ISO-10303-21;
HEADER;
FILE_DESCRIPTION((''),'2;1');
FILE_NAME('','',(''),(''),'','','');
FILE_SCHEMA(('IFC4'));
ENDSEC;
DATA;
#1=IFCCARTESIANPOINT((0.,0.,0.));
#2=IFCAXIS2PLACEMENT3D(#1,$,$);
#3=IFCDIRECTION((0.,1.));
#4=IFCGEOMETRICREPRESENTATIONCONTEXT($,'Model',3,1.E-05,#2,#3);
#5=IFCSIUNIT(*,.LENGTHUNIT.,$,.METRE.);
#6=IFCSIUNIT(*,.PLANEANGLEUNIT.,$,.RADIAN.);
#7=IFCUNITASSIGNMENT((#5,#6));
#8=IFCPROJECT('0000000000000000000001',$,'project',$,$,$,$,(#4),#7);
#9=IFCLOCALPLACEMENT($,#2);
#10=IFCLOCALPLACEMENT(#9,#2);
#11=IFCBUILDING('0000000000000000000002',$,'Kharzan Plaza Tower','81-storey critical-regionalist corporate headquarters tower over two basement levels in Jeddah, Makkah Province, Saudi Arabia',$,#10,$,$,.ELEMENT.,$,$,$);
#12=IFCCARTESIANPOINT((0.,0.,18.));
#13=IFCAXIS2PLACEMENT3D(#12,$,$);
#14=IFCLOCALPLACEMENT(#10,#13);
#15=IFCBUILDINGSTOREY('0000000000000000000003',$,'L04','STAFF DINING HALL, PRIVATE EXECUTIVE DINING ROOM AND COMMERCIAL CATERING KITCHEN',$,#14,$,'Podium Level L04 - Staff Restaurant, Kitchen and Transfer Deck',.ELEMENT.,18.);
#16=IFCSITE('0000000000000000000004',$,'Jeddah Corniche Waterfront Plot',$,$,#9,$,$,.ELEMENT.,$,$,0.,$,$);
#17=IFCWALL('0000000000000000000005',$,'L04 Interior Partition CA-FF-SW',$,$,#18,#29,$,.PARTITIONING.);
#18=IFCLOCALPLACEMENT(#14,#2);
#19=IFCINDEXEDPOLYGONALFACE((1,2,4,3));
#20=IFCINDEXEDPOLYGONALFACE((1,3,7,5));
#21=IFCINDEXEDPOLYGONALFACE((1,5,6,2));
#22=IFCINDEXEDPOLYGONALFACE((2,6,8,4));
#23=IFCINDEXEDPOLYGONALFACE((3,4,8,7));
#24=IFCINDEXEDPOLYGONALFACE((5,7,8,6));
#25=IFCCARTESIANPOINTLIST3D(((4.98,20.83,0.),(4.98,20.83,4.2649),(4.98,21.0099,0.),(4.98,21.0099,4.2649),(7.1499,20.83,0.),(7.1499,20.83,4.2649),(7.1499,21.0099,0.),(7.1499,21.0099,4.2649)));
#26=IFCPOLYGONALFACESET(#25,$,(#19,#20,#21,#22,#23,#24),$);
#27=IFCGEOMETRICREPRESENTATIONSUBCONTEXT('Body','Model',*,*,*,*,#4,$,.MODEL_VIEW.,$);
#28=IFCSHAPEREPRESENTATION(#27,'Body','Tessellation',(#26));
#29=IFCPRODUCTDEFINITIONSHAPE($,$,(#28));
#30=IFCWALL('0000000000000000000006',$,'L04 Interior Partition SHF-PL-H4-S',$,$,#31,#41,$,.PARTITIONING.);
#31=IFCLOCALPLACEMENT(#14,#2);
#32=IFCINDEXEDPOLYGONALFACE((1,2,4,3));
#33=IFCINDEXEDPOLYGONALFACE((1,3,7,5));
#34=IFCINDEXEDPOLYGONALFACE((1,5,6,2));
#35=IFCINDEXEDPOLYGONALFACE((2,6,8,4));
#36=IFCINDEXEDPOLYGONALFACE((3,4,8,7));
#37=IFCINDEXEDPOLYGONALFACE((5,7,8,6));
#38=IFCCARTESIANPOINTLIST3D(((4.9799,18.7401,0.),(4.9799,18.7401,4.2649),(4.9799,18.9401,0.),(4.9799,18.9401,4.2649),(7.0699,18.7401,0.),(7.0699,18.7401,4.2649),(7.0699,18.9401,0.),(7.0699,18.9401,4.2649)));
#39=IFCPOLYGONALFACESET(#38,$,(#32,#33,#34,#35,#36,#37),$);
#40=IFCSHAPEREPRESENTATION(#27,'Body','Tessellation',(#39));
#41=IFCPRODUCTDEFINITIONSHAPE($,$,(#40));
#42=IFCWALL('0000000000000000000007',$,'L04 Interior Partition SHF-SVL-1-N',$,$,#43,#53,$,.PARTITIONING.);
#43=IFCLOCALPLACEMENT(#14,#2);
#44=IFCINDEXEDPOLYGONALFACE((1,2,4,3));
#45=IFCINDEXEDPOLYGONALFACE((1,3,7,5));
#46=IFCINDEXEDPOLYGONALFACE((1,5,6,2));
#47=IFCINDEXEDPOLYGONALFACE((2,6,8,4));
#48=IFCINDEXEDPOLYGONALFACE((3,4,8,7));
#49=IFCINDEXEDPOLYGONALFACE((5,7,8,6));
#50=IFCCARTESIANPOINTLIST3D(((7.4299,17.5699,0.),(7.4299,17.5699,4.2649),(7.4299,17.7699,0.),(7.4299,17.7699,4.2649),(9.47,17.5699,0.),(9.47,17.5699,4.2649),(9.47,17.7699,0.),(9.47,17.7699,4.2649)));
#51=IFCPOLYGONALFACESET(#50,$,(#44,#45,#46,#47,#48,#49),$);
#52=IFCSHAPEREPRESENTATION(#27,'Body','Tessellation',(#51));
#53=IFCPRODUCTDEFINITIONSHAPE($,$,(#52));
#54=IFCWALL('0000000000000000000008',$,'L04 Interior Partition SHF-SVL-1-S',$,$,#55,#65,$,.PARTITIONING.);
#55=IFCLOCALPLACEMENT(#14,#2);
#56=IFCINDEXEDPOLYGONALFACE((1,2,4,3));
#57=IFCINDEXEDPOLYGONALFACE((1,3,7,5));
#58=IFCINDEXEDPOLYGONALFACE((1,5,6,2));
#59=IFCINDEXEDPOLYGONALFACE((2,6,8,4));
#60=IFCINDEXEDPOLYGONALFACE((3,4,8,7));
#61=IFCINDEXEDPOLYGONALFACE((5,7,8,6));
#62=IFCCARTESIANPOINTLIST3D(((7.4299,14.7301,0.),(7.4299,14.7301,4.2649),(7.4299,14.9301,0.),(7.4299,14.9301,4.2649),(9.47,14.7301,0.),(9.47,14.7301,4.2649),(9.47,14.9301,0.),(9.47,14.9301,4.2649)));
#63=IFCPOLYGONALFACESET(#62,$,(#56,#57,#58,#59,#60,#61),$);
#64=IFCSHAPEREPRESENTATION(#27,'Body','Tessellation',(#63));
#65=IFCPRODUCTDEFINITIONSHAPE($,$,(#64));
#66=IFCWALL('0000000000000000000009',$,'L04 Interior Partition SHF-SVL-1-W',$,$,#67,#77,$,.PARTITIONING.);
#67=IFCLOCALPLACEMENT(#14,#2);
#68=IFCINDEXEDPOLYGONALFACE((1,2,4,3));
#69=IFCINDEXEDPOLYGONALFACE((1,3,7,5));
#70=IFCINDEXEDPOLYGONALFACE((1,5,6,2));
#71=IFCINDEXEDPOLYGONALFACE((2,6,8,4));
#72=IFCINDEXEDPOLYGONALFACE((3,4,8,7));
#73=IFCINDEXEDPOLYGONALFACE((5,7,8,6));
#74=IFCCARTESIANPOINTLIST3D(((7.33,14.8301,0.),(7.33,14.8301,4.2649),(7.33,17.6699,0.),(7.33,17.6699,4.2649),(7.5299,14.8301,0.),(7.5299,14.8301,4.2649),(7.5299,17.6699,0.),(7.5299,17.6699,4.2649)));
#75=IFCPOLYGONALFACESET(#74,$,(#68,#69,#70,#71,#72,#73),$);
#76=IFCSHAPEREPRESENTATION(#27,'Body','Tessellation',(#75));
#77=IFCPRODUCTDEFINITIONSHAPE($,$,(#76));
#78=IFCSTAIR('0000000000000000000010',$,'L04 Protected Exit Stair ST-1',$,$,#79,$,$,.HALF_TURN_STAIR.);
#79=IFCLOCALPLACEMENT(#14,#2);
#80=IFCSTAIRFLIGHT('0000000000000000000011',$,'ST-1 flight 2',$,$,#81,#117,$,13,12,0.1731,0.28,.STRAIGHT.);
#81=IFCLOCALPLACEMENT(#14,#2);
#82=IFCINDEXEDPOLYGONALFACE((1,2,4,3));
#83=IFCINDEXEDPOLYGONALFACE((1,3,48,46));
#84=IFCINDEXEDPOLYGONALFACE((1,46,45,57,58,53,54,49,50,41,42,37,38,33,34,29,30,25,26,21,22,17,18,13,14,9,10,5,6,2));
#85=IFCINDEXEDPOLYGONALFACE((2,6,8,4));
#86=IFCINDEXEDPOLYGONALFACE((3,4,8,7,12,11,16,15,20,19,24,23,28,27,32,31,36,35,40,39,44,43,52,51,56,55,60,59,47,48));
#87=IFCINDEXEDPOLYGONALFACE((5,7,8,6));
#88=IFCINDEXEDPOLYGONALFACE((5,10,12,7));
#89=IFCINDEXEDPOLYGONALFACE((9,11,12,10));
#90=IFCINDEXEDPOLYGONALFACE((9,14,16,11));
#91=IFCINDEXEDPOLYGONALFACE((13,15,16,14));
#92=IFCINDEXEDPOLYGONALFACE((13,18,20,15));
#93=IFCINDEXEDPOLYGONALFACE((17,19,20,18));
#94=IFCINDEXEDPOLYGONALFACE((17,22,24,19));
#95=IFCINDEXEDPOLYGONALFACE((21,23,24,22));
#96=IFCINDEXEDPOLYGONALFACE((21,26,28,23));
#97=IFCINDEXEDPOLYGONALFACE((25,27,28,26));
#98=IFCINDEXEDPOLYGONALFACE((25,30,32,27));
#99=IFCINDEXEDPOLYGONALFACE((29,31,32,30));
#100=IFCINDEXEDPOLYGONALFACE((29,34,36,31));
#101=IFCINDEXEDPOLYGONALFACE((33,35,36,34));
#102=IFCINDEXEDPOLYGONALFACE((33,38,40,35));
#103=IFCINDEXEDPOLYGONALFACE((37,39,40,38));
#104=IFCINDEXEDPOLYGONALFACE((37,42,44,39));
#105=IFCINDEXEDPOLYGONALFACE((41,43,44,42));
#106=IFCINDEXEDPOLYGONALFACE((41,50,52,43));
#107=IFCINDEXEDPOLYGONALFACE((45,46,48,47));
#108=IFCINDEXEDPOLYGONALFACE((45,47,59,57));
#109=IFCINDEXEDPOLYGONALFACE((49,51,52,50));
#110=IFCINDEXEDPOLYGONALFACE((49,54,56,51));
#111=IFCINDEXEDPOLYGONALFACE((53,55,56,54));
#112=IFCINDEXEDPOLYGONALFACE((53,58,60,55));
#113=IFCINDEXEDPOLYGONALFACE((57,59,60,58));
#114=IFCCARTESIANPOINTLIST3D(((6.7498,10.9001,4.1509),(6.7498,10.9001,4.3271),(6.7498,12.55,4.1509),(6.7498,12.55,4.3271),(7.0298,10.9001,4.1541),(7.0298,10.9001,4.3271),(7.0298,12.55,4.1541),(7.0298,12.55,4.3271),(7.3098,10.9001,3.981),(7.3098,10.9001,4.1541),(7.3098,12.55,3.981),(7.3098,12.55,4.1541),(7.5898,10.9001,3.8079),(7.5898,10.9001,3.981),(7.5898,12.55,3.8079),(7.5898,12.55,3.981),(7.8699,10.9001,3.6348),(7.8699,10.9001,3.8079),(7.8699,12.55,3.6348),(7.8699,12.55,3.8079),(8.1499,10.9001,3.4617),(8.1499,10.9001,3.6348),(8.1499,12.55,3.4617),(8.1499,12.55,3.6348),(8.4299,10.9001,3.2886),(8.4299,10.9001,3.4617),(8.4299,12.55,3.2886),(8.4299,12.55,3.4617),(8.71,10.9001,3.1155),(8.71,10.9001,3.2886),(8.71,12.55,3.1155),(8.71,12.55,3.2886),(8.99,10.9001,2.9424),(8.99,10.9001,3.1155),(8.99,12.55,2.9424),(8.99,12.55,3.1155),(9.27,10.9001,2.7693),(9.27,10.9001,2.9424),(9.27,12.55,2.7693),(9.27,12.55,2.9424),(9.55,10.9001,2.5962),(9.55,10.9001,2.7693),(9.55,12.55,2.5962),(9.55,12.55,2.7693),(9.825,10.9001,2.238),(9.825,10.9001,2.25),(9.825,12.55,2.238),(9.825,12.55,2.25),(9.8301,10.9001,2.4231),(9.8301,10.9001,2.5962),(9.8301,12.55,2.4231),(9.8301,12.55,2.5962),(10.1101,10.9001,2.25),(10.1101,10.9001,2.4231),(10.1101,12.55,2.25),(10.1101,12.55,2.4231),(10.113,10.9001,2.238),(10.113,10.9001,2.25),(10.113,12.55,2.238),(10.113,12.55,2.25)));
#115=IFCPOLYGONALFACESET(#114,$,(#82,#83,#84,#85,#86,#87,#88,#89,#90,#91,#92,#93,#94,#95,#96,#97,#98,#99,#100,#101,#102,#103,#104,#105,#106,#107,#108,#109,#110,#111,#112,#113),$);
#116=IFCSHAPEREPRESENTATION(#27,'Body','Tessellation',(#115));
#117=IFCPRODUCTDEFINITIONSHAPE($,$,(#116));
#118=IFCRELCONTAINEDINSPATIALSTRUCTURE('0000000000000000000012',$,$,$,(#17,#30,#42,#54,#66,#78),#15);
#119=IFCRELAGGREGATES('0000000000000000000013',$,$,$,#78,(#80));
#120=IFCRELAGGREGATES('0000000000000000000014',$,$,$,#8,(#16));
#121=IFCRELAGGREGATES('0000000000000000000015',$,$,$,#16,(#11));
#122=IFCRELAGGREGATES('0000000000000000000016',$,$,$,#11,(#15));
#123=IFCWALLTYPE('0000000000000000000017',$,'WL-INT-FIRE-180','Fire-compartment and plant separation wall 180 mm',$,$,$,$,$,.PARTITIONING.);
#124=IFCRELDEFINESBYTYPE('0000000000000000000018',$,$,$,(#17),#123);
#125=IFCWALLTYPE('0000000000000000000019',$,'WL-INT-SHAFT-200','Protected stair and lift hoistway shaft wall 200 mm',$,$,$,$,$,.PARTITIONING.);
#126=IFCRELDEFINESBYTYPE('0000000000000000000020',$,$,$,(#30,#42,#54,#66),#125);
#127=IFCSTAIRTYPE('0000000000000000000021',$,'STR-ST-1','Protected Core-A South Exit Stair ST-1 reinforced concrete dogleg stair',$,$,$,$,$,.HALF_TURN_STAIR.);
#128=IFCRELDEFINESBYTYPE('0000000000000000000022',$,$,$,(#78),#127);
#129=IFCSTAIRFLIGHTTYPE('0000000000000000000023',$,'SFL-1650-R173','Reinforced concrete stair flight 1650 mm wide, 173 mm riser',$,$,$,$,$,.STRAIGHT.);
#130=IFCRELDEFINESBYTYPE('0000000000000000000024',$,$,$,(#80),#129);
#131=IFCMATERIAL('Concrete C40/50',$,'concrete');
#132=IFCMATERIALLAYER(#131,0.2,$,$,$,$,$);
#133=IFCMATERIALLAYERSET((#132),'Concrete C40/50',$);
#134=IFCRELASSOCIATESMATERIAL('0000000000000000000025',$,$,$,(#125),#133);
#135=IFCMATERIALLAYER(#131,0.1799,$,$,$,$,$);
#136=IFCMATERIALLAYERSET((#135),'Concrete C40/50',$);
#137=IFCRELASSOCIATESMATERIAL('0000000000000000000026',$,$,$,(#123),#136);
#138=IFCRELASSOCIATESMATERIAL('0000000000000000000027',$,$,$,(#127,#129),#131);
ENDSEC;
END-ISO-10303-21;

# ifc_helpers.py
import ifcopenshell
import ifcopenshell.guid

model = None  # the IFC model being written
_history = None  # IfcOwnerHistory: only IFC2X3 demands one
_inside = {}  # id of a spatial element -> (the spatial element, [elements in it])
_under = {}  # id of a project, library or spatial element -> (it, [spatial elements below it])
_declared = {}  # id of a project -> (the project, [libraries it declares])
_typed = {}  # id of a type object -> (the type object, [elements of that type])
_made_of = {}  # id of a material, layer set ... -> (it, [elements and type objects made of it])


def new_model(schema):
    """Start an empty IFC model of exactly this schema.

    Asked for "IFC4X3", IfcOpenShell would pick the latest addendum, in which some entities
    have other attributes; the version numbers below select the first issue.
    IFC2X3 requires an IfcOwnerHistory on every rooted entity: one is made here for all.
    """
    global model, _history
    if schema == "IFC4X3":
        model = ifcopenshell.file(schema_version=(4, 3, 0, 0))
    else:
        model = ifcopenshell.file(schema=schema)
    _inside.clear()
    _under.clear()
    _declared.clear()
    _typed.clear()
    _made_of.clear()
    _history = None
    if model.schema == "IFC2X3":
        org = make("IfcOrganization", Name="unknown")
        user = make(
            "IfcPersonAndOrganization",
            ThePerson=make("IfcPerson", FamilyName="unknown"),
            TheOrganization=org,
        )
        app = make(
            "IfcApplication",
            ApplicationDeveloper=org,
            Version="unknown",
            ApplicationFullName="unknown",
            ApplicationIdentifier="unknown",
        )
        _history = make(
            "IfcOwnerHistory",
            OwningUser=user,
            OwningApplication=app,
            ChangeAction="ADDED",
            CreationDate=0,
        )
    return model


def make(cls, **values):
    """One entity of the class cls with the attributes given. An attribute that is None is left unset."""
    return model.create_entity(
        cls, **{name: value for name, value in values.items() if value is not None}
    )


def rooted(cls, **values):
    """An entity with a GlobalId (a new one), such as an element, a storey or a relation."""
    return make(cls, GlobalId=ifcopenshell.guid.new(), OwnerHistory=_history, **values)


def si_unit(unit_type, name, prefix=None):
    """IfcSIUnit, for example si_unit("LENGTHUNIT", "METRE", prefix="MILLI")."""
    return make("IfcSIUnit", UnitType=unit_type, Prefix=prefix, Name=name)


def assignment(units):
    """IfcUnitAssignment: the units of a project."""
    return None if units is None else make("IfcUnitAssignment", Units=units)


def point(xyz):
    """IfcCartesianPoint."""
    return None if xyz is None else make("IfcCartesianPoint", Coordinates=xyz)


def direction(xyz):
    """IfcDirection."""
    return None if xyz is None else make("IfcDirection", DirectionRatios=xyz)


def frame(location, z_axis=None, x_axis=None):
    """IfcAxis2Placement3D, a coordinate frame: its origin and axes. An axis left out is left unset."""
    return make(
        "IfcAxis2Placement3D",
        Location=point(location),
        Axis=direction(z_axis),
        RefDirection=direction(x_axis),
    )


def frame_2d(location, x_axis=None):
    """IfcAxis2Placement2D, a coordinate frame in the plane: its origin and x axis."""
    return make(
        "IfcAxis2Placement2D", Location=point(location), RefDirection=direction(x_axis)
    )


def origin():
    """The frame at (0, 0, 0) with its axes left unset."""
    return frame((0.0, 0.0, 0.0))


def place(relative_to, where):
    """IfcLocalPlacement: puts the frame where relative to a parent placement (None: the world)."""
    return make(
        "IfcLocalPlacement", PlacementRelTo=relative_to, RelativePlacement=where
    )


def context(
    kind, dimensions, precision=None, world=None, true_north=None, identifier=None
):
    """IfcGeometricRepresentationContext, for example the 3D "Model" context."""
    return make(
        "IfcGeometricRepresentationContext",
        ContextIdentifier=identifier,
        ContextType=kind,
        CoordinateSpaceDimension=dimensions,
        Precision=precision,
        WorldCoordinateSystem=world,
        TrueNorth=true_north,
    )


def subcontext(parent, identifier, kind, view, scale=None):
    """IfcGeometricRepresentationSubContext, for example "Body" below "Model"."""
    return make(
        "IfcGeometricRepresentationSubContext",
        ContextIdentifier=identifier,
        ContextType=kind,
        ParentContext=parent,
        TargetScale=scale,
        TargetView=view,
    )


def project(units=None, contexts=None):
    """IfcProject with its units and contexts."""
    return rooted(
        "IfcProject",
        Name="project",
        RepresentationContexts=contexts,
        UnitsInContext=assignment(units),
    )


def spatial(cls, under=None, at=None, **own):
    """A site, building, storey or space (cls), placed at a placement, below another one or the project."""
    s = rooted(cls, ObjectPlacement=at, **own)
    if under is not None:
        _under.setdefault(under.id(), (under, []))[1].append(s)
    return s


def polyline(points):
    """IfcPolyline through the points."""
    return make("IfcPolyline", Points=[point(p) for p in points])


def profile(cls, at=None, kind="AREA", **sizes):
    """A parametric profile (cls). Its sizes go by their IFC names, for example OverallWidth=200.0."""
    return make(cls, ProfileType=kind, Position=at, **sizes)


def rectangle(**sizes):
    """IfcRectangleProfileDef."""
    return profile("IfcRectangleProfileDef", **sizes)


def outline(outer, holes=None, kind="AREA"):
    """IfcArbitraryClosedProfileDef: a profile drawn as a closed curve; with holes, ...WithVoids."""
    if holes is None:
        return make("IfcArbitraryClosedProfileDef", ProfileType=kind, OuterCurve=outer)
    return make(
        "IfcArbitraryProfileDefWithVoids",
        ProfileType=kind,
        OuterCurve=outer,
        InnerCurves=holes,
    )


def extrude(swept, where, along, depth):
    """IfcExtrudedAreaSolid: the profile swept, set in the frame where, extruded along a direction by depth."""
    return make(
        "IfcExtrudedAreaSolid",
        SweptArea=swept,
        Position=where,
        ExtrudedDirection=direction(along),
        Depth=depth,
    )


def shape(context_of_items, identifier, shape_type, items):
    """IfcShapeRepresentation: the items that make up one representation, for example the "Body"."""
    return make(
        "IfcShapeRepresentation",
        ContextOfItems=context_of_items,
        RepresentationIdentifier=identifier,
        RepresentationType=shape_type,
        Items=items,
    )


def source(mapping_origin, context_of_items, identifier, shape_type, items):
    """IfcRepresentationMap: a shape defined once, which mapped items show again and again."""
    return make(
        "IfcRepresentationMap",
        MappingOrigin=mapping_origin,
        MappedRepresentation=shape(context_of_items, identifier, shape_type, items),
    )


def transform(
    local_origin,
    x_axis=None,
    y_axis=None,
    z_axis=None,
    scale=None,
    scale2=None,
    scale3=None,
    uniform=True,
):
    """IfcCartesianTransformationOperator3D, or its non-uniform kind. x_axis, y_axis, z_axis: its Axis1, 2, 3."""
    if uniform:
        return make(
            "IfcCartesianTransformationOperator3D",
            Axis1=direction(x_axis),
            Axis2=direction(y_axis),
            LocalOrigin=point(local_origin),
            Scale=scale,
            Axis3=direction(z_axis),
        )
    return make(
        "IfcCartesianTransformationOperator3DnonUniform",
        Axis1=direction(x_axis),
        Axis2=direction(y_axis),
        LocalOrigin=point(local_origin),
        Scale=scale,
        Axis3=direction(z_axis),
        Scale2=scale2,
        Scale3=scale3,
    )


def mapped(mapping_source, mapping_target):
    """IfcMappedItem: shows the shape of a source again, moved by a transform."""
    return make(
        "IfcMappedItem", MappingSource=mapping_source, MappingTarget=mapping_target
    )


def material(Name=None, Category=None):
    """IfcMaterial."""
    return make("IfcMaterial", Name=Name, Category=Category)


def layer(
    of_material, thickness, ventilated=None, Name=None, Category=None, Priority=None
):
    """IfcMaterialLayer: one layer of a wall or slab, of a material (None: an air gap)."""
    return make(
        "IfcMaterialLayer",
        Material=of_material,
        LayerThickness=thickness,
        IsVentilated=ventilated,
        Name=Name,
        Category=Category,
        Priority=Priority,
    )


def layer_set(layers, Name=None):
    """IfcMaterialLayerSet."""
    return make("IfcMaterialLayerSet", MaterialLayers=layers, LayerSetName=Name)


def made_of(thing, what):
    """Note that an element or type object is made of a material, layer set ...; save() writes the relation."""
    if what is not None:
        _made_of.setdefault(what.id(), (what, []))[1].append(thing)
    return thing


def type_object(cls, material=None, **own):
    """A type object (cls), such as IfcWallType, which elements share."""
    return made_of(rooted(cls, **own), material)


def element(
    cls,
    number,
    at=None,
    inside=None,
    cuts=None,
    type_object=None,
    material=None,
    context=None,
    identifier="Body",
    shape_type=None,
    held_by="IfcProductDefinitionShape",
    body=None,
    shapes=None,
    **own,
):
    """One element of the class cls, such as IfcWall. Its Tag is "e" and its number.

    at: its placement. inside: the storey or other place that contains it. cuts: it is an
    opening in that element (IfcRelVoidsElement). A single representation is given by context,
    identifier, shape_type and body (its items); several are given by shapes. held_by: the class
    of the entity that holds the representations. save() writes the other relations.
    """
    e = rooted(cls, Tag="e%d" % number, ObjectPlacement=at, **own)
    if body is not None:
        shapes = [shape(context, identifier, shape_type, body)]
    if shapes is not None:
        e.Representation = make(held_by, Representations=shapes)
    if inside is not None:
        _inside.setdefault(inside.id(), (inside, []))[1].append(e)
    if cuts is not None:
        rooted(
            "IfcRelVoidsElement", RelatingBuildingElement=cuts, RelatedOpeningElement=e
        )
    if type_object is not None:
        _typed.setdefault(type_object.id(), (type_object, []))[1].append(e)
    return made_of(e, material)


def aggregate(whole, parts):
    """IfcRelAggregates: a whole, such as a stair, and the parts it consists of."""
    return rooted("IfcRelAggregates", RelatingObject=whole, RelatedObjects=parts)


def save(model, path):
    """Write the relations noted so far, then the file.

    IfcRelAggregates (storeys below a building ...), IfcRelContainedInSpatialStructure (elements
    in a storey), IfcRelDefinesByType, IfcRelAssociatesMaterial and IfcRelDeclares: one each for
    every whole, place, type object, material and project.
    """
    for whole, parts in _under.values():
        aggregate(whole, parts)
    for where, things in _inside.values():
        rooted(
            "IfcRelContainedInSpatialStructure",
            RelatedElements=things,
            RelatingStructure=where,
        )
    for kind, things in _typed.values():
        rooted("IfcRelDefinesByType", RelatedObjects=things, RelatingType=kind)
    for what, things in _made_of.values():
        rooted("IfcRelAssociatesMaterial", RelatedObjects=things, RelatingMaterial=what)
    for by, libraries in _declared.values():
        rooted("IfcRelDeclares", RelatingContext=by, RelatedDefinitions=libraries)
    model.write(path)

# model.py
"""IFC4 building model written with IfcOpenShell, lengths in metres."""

from ifc_helpers import new_model, si_unit, direction, frame, frame_2d, origin, place, context, subcontext, project, spatial, polyline, rectangle, outline, extrude, source, transform, mapped, material, layer, layer_set, type_object, element, aggregate, save


model = new_model("IFC4")

# Units and contexts
model_context = context("Model", 3, precision=1e-05, world=origin(), true_north=direction((0.0, 1.0)))
body_context = subcontext(model_context, "Body", "Model", "MODEL_VIEW")
ifc_project = project(units=[si_unit("LENGTHUNIT", "METRE"), si_unit("PLANEANGLEUNIT", "RADIAN")], contexts=[model_context])

# Site, building, storey
site_placement = place(None, origin())
site = spatial("IfcSite", under=ifc_project, at=site_placement, Name="Jeddah Corniche Waterfront Plot", CompositionType="ELEMENT", RefElevation=0.0)
building_placement = place(site_placement, origin())
building = spatial("IfcBuilding", under=site, at=building_placement, Name="Kharzan Plaza Tower", Description="81-storey critical-regionalist corporate headquarters tower over two basement levels in Jeddah, Makkah Province, Saudi Arabia", CompositionType="ELEMENT")
storey_placement = place(building_placement, frame((0.0, 0.0, 18.0)))
storey = spatial("IfcBuildingStorey", under=building, at=storey_placement, Name="L04", Description="STAFF DINING HALL, PRIVATE EXECUTIVE DINING ROOM AND COMMERCIAL CATERING KITCHEN", LongName="Podium Level L04 - Staff Restaurant, Kitchen and Transfer Deck", CompositionType="ELEMENT", Elevation=18.0)

# Shared definitions
ifc_material_1 = material(Name="Concrete C40/50", Category="concrete")
ifc_layer_1 = layer(ifc_material_1, 0.2)
ifc_layer_set_1 = layer_set([ifc_layer_1], Name="Concrete C40/50")
wall_type_1 = type_object("IfcWallType", Name="WL-INT-SHAFT-200", Description="Protected stair and lift hoistway shaft wall 200 mm", PredefinedType="PARTITIONING", material=ifc_layer_set_1)

# Walls
ifc_layer_2 = layer(ifc_material_1, 0.1799)
ifc_layer_set_2 = layer_set([ifc_layer_2], Name="Concrete C40/50")
wall_type_2 = type_object("IfcWallType", Name="WL-INT-FIRE-180", Description="Fire-compartment and plant separation wall 180 mm", PredefinedType="PARTITIONING", material=ifc_layer_set_2)
shared_shape_1 = source(origin(), body_context, "Body", "SweptSolid", [
    extrude(rectangle(XDim=2.1699, YDim=0.1799, at=frame_2d((1.085, 0.0))), origin(), (0.0, 0.0, 1.0), 4.2649),
])
wall_1_placement = place(storey_placement, frame((4.98, 20.9199, 0.0), z_axis=(0.0, 0.0, 1.0), x_axis=(1.0, 0.0, 0.0)))
element("IfcWall", 1, at=wall_1_placement, inside=storey, type_object=wall_type_2, Name="L04 Interior Partition CA-FF-SW", PredefinedType="PARTITIONING", context=body_context, shape_type="MappedRepresentation", body=[
    mapped(shared_shape_1, transform((0.0, 0.0, 0.0), x_axis=(1.0, 0.0, 0.0), y_axis=(0.0, 1.0, 0.0), z_axis=(0.0, 0.0, 1.0))),
])
shared_shape_2 = source(origin(), body_context, "Body", "SweptSolid", [
    extrude(rectangle(XDim=2.0901, YDim=0.2, at=frame_2d((1.0449, 0.0))), origin(), (0.0, 0.0, 1.0), 4.2649),
])
wall_2_placement = place(storey_placement, frame((4.98, 18.8401, 0.0), z_axis=(0.0, 0.0, 1.0), x_axis=(1.0, 0.0, 0.0)))
element("IfcWall", 2, at=wall_2_placement, inside=storey, type_object=wall_type_1, Name="L04 Interior Partition SHF-PL-H4-S", PredefinedType="PARTITIONING", context=body_context, shape_type="MappedRepresentation", body=[
    mapped(shared_shape_2, transform((0.0, 0.0, 0.0), x_axis=(1.0, 0.0, 0.0), y_axis=(0.0, 1.0, 0.0), z_axis=(0.0, 0.0, 1.0))),
])
shared_shape_3 = source(origin(), body_context, "Body", "SweptSolid", [
    extrude(rectangle(XDim=2.04, YDim=0.2, at=frame_2d((1.02, 0.0))), origin(), (0.0, 0.0, 1.0), 4.2649),
])
for number, where, z_axis, x_axis, name in (
    (3, (7.4299, 17.6699, 0.0), (0.0, 0.0, 1.0), (1.0, 0.0, 0.0), "L04 Interior Partition SHF-SVL-1-N"),
    (4, (7.4299, 14.8301, 0.0), (0.0, 0.0, 1.0), (1.0, 0.0, 0.0), "L04 Interior Partition SHF-SVL-1-S"),
):
    element("IfcWall", number, at=place(storey_placement, frame(where, z_axis=z_axis, x_axis=x_axis)), inside=storey, type_object=wall_type_1, Name=name, PredefinedType="PARTITIONING", context=body_context, shape_type="MappedRepresentation", body=[
        mapped(shared_shape_3, transform((0.0, 0.0, 0.0), x_axis=(1.0, 0.0, 0.0), y_axis=(0.0, 1.0, 0.0), z_axis=(0.0, 0.0, 1.0))),
    ])
shared_shape_4 = source(origin(), body_context, "Body", "SweptSolid", [
    extrude(rectangle(XDim=2.8398, YDim=0.2, at=frame_2d((1.4199, 0.0))), origin(), (0.0, 0.0, 1.0), 4.2649),
])
wall_3_placement = place(storey_placement, frame((7.4299, 14.8301, 0.0), z_axis=(0.0, 0.0, 1.0), x_axis=(0.0, 1.0, 0.0)))
element("IfcWall", 5, at=wall_3_placement, inside=storey, type_object=wall_type_1, Name="L04 Interior Partition SHF-SVL-1-W", PredefinedType="PARTITIONING", context=body_context, shape_type="MappedRepresentation", body=[
    mapped(shared_shape_4, transform((0.0, 0.0, 0.0), x_axis=(1.0, 0.0, 0.0), y_axis=(0.0, 1.0, 0.0), z_axis=(0.0, 0.0, 1.0))),
])

# Stair, stair flight
stair_type = type_object("IfcStairType", Name="STR-ST-1", Description="Protected Core-A South Exit Stair ST-1 reinforced concrete dogleg stair", PredefinedType="HALF_TURN_STAIR", material=ifc_material_1)
stair_placement = place(storey_placement, origin())
stair = element("IfcStair", 6, at=stair_placement, inside=storey, type_object=stair_type, Name="L04 Protected Exit Stair ST-1", PredefinedType="HALF_TURN_STAIR")
stair_flight_type = type_object("IfcStairFlightType", Name="SFL-1650-R173", Description="Reinforced concrete stair flight 1650 mm wide, 173 mm riser", PredefinedType="STRAIGHT", material=ifc_material_1)
shared_shape_5 = source(origin(), body_context, "Body", "SweptSolid", [
    extrude(outline(polyline([(-0.0029, -0.012), (-0.0029, 0.0), (0.0, 0.0), (0.0, 0.1731), (0.28, 0.1731), (0.28, 0.3462), (0.5601, 0.3462), (0.5601, 0.5193), (0.8401, 0.5193), (0.8401, 0.6924), (1.1201, 0.6924), (1.1201, 0.8655), (1.4001, 0.8655), (1.4001, 1.0386), (1.6802, 1.0386), (1.6802, 1.2117), (1.9602, 1.2117), (1.9602, 1.3848), (2.2402, 1.3848), (2.2402, 1.5579), (2.5203, 1.5579), (2.5203, 1.731), (2.8003, 1.731), (2.8003, 1.9041), (3.0803, 1.9041), (3.0803, 2.0771), (3.3604, 2.0771), (3.3604, 2.2502), (3.3604, 1.9009), (0.2852, 0.0), (0.2852, -0.012), (-0.0029, -0.012)])), frame((0.0, 0.825, 0.0), z_axis=(0.0, -1.0, 0.0), x_axis=(1.0, 0.0, 0.0)), (0.0, 0.0, 1.0), 1.6499),
])
stair_flight_placement = place(storey_placement, frame((10.1101, 11.7251, 2.25), z_axis=(0.0, 0.0, 1.0), x_axis=(-1.0, 0.0, 0.0)))
stair_flight = element("IfcStairFlight", 7, at=stair_flight_placement, type_object=stair_flight_type, Name="ST-1 flight 2", NumberOfRisers=13, NumberOfTreads=12, PredefinedType="STRAIGHT", RiserHeight=0.1731, TreadLength=0.28, context=body_context, shape_type="MappedRepresentation", body=[
    mapped(shared_shape_5, transform((0.0, 0.0, 0.0), x_axis=(1.0, 0.0, 0.0), y_axis=(0.0, 1.0, 0.0), z_axis=(0.0, 0.0, 1.0))),
])
aggregate(stair, [stair_flight])

save(model, "model.ifc")
